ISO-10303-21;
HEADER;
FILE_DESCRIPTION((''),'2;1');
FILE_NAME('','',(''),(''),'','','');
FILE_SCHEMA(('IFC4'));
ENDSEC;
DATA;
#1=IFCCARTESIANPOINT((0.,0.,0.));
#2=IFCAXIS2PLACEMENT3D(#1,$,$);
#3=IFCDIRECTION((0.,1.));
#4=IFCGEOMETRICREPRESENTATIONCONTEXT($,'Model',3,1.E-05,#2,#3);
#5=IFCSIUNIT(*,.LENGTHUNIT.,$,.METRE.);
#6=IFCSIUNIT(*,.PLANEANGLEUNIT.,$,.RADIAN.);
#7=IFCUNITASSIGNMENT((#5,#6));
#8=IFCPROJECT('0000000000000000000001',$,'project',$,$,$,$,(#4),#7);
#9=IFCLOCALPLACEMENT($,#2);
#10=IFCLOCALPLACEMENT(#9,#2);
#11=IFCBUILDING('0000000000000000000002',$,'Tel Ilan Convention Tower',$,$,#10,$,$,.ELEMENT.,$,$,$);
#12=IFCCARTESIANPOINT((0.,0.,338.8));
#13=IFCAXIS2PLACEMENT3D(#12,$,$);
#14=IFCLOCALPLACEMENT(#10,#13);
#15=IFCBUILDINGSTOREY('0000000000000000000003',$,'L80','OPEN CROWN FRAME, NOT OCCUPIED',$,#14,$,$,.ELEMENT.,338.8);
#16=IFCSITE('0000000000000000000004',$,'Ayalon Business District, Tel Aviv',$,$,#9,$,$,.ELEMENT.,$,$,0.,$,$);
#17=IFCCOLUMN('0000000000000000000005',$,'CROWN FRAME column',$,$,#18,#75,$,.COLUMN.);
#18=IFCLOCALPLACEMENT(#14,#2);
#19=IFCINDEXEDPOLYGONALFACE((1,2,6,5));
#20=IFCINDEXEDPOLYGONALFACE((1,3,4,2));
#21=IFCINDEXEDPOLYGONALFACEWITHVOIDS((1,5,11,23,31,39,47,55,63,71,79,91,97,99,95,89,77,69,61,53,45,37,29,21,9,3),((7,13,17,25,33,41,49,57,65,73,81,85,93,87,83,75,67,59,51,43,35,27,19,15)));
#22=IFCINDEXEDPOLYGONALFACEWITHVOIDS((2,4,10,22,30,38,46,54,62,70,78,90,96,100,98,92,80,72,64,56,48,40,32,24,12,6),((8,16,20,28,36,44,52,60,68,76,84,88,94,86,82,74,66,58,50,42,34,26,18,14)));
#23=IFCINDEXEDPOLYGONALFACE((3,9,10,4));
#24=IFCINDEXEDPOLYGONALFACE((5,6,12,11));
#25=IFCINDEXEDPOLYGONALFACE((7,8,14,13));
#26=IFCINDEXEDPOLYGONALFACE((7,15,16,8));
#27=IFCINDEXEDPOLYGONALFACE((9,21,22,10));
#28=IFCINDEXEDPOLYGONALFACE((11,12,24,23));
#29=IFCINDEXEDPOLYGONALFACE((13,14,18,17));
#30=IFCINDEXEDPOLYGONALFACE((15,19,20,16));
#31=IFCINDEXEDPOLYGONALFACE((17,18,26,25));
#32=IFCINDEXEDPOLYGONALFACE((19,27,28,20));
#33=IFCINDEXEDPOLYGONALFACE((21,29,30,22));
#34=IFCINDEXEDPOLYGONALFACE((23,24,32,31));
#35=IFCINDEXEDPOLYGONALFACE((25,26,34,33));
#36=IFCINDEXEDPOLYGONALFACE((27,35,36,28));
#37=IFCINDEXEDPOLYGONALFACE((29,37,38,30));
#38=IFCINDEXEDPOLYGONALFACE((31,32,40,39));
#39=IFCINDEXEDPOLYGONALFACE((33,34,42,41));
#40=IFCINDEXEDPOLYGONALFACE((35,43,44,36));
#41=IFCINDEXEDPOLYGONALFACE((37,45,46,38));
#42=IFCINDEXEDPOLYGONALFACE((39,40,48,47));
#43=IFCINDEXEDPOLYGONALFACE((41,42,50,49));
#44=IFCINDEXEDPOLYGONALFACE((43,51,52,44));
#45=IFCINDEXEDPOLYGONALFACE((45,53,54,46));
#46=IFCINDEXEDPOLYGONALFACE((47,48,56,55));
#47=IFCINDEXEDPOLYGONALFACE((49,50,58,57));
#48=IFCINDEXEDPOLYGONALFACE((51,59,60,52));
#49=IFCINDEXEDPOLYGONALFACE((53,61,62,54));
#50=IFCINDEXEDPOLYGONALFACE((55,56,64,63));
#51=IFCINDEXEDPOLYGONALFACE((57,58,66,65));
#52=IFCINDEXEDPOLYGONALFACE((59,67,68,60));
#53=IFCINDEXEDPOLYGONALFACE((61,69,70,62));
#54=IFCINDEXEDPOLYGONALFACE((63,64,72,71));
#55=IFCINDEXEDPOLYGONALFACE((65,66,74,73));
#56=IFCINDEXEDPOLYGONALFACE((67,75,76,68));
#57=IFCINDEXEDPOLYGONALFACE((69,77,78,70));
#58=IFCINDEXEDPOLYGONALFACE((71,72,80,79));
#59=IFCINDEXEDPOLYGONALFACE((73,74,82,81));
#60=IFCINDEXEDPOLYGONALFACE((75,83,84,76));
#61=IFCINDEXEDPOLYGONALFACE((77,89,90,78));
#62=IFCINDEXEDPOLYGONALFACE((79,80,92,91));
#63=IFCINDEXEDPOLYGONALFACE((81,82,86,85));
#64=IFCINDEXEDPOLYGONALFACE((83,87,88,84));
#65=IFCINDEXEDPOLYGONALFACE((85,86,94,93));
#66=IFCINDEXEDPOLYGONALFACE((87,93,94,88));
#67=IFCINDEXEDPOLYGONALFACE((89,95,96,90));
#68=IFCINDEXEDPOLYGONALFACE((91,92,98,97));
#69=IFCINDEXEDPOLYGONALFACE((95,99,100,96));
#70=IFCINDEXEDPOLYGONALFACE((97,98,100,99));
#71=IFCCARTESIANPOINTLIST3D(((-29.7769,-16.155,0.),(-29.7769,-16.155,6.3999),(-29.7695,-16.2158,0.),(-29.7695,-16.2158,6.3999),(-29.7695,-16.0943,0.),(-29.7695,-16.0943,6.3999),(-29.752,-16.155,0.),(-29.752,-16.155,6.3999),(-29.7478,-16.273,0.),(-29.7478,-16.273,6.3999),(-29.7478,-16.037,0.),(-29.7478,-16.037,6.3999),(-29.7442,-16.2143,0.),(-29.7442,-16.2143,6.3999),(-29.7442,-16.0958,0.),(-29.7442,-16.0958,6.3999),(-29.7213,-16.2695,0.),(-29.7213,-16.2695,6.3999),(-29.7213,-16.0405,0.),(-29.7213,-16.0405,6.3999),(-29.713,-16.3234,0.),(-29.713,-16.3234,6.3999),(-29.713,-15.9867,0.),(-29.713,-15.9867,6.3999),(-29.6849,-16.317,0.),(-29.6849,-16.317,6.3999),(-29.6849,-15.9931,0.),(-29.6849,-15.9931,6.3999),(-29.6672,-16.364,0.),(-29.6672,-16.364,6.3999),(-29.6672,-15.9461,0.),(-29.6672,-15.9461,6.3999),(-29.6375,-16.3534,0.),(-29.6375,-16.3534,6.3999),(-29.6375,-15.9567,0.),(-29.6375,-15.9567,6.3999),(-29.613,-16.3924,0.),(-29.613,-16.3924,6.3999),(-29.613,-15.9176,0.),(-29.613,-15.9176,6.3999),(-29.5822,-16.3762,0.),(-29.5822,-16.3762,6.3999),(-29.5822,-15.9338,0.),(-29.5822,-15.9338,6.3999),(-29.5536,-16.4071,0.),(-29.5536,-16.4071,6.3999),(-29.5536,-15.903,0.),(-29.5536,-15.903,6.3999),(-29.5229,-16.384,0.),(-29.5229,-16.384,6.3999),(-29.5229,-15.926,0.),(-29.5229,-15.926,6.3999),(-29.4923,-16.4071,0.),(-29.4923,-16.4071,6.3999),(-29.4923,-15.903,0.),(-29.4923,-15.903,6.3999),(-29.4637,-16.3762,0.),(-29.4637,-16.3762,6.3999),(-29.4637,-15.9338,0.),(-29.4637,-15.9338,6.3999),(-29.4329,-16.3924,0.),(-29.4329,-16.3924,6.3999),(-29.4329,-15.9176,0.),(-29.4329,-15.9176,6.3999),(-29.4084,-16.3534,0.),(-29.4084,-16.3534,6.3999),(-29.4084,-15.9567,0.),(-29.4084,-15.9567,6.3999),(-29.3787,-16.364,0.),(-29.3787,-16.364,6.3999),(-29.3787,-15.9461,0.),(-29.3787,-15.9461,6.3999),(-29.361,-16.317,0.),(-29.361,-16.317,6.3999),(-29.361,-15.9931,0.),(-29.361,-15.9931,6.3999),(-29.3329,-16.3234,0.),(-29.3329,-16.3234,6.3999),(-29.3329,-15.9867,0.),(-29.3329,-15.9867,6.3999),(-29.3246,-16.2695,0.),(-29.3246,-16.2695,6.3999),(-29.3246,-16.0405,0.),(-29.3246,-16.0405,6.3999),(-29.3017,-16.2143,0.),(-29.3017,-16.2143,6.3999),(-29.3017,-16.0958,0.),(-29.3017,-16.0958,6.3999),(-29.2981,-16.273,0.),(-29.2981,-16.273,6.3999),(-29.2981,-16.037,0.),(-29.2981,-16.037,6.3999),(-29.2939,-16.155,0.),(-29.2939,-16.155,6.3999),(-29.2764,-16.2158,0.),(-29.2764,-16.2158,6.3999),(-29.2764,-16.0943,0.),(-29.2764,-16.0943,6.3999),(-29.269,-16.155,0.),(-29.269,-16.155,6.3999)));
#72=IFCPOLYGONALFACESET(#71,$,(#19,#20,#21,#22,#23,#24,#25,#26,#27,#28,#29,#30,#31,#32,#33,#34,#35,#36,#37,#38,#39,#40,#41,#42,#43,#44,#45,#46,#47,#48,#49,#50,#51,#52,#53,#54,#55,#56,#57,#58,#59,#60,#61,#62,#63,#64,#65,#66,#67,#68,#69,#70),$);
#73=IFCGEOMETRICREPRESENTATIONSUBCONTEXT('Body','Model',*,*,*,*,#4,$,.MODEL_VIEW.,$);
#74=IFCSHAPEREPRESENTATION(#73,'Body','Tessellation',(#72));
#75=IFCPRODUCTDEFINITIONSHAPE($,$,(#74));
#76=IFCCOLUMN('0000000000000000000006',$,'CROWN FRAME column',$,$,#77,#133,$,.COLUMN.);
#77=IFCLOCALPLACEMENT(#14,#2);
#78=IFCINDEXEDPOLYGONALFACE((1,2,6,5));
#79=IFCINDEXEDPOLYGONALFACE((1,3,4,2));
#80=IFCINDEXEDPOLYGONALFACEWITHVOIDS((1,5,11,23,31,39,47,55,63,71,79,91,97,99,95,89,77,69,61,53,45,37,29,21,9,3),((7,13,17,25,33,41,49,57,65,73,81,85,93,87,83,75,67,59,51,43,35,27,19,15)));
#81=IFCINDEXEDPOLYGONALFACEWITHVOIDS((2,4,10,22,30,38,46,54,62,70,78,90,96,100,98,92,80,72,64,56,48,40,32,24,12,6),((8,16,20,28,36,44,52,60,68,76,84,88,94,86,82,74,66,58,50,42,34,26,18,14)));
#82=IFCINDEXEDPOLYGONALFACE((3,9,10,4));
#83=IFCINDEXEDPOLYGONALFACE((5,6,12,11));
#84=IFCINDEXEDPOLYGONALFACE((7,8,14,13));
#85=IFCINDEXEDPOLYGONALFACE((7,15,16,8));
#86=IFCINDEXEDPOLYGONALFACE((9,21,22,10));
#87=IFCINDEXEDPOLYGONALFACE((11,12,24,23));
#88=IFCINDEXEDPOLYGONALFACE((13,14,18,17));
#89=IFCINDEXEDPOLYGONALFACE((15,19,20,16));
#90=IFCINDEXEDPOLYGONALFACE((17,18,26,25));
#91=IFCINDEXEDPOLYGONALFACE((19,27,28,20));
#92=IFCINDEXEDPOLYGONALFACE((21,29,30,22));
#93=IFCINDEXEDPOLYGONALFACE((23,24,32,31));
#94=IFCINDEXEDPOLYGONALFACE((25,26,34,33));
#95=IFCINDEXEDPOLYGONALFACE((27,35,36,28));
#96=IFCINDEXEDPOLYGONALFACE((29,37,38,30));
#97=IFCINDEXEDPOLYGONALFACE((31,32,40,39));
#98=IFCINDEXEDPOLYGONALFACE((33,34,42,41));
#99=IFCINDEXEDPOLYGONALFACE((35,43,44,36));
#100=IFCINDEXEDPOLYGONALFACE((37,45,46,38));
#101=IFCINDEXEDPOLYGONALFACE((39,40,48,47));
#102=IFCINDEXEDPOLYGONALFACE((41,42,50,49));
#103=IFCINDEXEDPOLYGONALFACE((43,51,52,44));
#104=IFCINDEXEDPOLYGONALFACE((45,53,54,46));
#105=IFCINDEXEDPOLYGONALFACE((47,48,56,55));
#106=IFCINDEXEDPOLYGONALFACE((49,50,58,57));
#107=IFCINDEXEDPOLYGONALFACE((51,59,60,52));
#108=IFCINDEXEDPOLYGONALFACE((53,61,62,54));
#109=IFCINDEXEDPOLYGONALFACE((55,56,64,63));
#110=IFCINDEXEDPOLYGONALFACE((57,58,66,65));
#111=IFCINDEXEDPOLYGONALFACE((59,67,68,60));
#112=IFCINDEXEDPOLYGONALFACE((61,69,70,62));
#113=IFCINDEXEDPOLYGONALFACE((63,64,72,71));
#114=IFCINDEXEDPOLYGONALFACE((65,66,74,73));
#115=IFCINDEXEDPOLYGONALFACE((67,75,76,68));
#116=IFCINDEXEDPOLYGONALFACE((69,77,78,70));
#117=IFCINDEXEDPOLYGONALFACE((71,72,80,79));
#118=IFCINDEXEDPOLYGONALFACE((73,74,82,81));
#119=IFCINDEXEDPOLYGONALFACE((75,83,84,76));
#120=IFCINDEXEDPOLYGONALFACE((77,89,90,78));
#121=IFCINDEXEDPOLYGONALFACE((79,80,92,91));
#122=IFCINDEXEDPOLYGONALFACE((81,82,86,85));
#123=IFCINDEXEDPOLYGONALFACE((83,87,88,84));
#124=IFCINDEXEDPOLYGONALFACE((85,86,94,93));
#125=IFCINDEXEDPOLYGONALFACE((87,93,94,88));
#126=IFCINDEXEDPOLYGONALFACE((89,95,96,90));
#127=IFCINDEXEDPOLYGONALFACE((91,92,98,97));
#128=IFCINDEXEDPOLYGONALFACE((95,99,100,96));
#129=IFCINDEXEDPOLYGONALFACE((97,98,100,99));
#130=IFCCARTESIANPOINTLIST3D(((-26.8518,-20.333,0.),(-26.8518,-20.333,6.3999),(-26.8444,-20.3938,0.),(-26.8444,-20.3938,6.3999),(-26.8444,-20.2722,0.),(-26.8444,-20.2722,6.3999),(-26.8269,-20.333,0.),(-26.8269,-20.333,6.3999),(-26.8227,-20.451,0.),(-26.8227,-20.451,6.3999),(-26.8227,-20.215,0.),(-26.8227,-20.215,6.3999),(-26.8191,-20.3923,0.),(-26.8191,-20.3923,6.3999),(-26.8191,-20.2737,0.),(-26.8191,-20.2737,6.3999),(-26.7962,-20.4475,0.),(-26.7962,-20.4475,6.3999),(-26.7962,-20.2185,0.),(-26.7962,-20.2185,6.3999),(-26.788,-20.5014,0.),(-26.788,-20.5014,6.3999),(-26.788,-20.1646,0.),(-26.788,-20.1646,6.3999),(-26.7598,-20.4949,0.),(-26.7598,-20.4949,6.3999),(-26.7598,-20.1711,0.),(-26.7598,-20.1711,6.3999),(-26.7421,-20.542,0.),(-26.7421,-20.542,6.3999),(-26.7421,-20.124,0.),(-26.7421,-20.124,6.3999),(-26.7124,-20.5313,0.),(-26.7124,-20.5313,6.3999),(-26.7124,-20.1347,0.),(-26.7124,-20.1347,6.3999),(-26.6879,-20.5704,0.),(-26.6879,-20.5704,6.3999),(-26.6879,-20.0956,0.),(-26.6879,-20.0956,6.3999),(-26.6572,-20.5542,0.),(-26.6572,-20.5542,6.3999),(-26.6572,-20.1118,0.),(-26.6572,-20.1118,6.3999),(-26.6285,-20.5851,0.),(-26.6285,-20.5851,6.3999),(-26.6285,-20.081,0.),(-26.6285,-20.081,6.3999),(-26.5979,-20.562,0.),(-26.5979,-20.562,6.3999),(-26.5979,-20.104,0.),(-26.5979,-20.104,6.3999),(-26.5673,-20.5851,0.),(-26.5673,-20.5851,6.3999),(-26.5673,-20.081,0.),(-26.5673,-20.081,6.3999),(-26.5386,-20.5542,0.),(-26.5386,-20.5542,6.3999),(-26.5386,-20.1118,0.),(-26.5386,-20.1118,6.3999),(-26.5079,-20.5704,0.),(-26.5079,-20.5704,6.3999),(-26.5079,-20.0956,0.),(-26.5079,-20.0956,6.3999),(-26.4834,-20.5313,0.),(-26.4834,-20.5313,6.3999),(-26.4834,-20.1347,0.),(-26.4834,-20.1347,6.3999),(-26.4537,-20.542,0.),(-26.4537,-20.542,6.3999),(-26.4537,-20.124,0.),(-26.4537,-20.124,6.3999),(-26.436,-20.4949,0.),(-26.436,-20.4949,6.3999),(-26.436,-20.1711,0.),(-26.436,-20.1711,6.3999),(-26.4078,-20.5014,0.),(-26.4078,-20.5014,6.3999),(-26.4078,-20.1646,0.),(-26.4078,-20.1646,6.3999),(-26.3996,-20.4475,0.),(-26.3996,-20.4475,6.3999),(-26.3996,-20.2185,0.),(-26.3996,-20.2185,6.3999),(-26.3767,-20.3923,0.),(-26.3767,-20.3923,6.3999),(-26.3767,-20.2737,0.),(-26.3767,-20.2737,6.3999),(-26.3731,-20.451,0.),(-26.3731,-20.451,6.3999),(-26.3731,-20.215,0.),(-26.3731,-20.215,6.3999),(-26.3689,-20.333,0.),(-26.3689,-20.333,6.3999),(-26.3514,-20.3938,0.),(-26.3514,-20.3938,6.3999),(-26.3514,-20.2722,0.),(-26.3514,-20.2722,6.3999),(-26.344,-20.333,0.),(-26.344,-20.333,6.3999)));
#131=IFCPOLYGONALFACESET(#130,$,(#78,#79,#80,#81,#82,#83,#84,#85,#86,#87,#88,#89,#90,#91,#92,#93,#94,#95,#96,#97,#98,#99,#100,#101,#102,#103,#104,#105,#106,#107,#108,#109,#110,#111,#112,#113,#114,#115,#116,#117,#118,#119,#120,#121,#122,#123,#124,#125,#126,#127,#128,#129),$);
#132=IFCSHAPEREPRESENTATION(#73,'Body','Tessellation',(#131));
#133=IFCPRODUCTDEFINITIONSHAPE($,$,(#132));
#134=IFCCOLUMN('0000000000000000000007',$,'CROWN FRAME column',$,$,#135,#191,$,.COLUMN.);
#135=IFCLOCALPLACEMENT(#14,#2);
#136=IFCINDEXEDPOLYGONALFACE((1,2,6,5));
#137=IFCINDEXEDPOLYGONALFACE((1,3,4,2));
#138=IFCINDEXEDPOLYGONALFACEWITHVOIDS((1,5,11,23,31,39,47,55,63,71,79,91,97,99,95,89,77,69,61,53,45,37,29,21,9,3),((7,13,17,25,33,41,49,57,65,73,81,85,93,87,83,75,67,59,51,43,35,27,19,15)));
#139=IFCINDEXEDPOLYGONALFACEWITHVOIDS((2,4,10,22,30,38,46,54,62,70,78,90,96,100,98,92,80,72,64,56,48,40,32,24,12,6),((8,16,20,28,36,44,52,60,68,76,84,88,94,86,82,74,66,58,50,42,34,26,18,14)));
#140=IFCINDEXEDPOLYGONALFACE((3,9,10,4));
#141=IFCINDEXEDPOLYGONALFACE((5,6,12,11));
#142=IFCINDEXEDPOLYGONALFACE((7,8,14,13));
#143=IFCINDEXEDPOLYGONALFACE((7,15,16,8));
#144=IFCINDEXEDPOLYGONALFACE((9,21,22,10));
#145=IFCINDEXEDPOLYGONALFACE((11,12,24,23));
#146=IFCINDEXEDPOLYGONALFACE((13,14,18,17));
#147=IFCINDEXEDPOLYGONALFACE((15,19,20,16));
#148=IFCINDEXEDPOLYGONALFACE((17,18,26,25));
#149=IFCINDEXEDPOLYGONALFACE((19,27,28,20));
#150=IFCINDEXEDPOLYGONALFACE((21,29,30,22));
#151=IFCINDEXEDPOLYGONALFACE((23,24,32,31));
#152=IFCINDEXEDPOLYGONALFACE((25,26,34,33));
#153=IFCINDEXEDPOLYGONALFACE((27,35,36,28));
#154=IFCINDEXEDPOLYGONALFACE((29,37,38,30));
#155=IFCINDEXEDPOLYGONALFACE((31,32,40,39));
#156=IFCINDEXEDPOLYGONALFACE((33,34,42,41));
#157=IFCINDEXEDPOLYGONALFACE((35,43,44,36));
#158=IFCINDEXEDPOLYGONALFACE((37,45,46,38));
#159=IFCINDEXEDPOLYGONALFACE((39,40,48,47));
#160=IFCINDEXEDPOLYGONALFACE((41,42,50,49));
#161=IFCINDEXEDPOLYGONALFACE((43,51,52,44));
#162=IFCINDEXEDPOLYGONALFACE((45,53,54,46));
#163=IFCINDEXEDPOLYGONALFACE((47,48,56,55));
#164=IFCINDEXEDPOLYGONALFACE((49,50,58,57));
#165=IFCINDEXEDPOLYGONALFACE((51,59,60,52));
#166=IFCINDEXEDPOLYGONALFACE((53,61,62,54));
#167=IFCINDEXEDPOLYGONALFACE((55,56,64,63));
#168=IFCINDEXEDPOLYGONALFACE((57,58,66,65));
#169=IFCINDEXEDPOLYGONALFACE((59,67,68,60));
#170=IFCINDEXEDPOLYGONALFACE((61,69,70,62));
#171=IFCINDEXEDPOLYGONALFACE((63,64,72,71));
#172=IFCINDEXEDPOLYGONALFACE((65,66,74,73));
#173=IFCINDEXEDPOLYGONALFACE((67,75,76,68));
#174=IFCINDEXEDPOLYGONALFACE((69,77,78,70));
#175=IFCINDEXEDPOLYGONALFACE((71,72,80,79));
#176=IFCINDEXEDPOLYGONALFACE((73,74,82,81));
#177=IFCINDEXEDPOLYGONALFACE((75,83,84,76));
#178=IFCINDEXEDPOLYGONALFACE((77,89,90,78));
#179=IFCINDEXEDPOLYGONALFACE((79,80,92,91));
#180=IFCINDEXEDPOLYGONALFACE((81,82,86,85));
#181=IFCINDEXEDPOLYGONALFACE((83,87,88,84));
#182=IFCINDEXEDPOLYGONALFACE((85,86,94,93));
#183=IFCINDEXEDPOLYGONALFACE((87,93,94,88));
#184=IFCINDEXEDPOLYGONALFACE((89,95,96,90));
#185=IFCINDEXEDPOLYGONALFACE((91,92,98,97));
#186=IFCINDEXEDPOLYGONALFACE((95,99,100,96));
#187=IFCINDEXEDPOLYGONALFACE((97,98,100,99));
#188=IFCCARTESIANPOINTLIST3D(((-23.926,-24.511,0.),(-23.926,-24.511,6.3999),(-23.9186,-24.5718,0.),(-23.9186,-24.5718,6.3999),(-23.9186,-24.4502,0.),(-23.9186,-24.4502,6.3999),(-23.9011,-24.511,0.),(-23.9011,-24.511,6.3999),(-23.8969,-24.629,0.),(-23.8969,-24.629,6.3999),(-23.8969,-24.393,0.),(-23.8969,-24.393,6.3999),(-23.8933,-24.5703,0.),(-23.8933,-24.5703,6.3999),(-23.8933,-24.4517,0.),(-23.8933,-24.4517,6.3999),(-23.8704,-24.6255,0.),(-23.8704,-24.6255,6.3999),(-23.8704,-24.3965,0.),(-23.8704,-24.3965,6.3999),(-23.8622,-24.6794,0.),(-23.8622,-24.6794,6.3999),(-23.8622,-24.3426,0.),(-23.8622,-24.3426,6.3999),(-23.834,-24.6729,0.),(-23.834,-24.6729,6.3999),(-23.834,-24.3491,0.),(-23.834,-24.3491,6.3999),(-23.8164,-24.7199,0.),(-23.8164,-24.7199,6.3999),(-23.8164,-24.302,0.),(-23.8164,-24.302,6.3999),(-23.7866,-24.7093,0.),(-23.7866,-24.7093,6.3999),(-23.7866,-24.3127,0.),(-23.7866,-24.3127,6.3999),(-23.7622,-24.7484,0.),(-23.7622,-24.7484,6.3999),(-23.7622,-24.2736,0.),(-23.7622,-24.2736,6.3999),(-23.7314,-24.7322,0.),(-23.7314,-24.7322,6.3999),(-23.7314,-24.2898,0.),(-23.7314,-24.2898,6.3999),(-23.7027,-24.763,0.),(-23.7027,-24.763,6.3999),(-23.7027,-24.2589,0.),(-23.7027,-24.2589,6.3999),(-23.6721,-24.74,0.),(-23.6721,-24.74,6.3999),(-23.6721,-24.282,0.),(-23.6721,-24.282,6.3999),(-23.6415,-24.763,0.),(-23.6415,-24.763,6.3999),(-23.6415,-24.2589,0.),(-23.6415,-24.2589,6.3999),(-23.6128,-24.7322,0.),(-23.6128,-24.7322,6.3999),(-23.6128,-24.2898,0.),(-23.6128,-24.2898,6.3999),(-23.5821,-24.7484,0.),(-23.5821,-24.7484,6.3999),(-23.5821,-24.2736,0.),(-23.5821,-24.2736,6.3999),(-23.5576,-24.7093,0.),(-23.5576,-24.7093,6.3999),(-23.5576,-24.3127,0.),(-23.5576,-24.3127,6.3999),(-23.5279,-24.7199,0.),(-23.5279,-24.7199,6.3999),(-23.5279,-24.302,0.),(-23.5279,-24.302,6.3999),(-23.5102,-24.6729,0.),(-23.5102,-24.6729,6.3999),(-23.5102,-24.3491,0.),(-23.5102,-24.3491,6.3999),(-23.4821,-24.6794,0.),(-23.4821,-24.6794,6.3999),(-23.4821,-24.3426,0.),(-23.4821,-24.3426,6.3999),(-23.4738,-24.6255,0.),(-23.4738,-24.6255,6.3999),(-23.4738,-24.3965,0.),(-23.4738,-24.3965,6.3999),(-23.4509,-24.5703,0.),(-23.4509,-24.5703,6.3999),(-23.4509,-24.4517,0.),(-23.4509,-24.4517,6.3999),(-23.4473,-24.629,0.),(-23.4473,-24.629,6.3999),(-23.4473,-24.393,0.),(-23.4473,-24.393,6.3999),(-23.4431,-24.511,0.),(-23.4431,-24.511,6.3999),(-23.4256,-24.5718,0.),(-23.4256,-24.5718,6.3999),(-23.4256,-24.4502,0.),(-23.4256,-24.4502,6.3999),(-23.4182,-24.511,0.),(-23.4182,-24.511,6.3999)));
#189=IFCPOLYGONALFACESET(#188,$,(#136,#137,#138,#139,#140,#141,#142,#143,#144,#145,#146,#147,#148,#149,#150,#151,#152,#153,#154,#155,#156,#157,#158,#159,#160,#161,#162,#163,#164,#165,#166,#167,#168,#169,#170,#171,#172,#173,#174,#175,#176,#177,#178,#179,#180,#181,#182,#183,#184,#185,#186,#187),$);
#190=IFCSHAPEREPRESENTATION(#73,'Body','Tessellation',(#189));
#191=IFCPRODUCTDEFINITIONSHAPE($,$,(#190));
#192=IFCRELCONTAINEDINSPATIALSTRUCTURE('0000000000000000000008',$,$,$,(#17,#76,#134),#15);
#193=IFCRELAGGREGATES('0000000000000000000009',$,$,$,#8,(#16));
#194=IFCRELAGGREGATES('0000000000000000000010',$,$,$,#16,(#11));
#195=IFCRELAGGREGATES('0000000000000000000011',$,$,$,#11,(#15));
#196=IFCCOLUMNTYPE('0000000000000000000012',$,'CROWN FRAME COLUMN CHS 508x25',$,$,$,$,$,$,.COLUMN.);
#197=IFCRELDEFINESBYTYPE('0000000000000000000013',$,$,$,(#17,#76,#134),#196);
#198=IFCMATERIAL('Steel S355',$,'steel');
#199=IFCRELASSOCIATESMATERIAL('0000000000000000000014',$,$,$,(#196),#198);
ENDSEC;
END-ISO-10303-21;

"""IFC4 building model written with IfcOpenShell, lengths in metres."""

from ifc_helpers import new_model, si_unit, direction, frame, origin, origin_2d, place, context, subcontext, project, spatial, hollow_circle, extrude, material, material_profile, profile_set, type_object, element, save


model = new_model("IFC4")

# Units and contexts
model_context = context("Model", 3, precision=1e-05, world=origin(), true_north=direction((0.0, 1.0)))
body_context = subcontext(model_context, "Body", "Model", "MODEL_VIEW")
ifc_project = project(units=[si_unit("LENGTHUNIT", "METRE"), si_unit("PLANEANGLEUNIT", "RADIAN")], contexts=[model_context])

# Site, building, storey
site_placement = place(None, origin())
site = spatial("IfcSite", under=ifc_project, at=site_placement, Name="Ayalon Business District, Tel Aviv", CompositionType="ELEMENT", RefElevation=0.0)
building_placement = place(site_placement, origin())
building = spatial("IfcBuilding", under=site, at=building_placement, Name="Tel Ilan Convention Tower", CompositionType="ELEMENT")
storey_placement = place(building_placement, frame((0.0, 0.0, 338.8)))
storey = spatial("IfcBuildingStorey", under=building, at=storey_placement, Name="L80", Description="OPEN CROWN FRAME, NOT OCCUPIED", CompositionType="ELEMENT", Elevation=338.8)

# Columns
ifc_material_1 = material(Name="Steel S355", Category="steel")
ifc_material_profile_1 = material_profile(ifc_material_1, hollow_circle(Radius=0.2539, WallThickness=0.0249, at=origin_2d()), Name="CHS 508x25")
ifc_profile_set_1 = profile_set([ifc_material_profile_1], Name="Steel S355")
column_type = type_object("IfcColumnType", Name="CROWN FRAME COLUMN CHS 508x25", PredefinedType="COLUMN", material=ifc_profile_set_1)
for number, where, z_axis, x_axis, name in (
    (1, (-29.5229, -16.155, 0.0), (0.0, 0.0, 1.0), (1.0, 0.0, 0.0), "CROWN FRAME column"),
    (2, (-26.5979, -20.333, 0.0), (0.0, 0.0, 1.0), (1.0, 0.0, 0.0), "CROWN FRAME column"),
    (3, (-23.6721, -24.511, 0.0), (0.0, 0.0, 1.0), (1.0, 0.0, 0.0), "CROWN FRAME column"),
):
    element("IfcColumn", number, at=place(storey_placement, frame(where, z_axis=z_axis, x_axis=x_axis)), inside=storey, type_object=column_type, Name=name, PredefinedType="COLUMN", context=body_context, shape_type="SweptSolid", body=[
        extrude(hollow_circle(Radius=0.2539, WallThickness=0.0249, at=origin_2d()), origin(), (0.0, 0.0, 1.0), 6.3999),
    ])

save(model, "model.ifc")
